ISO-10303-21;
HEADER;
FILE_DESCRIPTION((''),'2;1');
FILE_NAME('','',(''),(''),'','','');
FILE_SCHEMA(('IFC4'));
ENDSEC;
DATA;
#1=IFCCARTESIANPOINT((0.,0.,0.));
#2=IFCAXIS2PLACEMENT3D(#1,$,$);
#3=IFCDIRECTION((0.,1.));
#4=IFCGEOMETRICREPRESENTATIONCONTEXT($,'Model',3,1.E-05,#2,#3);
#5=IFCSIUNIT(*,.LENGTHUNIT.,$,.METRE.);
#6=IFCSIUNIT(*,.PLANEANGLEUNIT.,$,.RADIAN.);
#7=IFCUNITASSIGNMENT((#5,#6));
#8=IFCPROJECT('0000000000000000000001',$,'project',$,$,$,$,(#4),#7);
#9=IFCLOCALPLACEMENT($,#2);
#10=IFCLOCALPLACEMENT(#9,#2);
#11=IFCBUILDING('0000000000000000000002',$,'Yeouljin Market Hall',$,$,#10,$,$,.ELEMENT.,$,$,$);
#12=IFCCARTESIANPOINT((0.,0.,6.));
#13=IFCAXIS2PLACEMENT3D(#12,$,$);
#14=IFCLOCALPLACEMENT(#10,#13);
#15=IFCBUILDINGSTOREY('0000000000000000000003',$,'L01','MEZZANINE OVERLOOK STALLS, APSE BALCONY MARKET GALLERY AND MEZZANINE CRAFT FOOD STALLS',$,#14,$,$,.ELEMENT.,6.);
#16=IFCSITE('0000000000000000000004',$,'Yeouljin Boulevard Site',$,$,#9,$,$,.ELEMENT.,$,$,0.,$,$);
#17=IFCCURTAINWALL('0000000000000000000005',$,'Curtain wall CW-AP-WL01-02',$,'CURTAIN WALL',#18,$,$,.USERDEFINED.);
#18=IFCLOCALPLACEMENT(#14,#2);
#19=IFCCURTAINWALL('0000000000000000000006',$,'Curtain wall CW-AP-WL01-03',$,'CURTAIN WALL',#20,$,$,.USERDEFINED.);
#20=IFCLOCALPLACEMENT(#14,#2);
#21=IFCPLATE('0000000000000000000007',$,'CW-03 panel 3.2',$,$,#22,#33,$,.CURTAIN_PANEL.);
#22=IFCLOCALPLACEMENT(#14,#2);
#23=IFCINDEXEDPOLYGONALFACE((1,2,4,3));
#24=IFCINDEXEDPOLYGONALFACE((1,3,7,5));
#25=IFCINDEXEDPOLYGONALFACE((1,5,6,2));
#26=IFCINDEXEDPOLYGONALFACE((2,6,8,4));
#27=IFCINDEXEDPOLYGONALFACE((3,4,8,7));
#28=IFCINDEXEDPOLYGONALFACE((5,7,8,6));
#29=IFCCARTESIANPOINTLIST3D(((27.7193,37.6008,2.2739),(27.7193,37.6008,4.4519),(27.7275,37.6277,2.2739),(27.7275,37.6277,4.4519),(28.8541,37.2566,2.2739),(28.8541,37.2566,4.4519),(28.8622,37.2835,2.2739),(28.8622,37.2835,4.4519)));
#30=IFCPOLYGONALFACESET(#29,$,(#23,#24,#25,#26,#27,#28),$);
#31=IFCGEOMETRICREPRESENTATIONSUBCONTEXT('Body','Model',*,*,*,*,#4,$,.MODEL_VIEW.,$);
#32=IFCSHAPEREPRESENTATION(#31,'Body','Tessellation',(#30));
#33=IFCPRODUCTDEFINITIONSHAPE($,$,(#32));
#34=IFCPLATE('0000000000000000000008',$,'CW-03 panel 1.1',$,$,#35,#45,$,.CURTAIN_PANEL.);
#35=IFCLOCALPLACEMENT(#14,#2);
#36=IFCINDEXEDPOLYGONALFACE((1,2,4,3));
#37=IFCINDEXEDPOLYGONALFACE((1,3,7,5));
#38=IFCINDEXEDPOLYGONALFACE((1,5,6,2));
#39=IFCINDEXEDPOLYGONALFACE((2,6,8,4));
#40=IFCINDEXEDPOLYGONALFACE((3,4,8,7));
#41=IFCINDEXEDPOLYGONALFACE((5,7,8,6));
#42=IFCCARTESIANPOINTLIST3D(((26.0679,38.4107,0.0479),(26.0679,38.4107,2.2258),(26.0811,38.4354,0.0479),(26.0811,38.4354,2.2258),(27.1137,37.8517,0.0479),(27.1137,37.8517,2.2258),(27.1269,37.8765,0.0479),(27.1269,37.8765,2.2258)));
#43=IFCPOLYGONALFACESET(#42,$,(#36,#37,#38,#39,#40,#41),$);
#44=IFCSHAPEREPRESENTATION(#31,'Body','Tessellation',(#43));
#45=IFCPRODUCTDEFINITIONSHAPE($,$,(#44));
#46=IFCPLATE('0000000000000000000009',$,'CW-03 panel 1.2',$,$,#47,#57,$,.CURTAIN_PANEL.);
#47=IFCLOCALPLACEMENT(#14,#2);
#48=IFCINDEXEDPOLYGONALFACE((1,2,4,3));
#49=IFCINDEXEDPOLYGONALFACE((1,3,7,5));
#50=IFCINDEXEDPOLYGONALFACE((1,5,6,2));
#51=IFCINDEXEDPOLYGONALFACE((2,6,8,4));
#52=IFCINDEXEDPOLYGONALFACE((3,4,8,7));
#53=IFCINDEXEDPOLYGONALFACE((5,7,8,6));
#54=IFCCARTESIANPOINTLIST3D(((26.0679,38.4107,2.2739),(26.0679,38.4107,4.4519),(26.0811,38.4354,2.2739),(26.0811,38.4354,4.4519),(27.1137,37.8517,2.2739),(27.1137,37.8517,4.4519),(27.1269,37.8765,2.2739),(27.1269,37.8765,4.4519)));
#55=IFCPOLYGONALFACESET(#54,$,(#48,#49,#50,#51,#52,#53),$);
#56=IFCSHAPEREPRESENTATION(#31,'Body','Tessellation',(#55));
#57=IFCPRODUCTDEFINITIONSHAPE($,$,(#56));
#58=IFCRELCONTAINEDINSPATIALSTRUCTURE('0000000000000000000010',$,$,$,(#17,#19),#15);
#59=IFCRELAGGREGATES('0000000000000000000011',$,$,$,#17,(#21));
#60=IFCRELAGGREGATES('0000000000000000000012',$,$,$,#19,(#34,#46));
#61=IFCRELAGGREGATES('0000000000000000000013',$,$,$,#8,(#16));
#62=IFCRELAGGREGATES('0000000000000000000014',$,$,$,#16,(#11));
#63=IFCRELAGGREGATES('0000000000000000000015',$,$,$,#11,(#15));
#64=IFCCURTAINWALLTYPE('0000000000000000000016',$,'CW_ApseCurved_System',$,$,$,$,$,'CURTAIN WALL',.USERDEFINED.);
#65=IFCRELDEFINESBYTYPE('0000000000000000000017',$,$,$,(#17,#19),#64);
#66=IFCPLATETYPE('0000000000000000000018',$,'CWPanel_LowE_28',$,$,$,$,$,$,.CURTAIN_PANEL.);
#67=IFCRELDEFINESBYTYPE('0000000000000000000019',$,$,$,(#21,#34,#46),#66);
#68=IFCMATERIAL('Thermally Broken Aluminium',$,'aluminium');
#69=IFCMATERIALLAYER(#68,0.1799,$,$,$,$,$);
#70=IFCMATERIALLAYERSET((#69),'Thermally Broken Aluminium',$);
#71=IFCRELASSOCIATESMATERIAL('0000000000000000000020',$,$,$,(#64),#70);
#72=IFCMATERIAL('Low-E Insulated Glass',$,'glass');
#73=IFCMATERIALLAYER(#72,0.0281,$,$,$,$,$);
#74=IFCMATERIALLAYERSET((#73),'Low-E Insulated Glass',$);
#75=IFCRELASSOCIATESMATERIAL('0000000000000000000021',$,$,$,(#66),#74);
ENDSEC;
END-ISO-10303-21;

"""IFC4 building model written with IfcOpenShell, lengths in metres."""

from ifc_helpers import new_model, si_unit, direction, frame, origin, origin_2d, place, context, subcontext, project, spatial, rectangle, extrude, material, layer, layer_set, type_object, element, aggregate, save


model = new_model("IFC4")

# Units and contexts
model_context = context("Model", 3, precision=1e-05, world=origin(), true_north=direction((0.0, 1.0)))
body_context = subcontext(model_context, "Body", "Model", "MODEL_VIEW")
ifc_project = project(units=[si_unit("LENGTHUNIT", "METRE"), si_unit("PLANEANGLEUNIT", "RADIAN")], contexts=[model_context])

# Site, building, storey
site_placement = place(None, origin())
site = spatial("IfcSite", under=ifc_project, at=site_placement, Name="Yeouljin Boulevard Site", CompositionType="ELEMENT", RefElevation=0.0)
building_placement = place(site_placement, origin())
building = spatial("IfcBuilding", under=site, at=building_placement, Name="Yeouljin Market Hall", CompositionType="ELEMENT")
storey_placement = place(building_placement, frame((0.0, 0.0, 6.0)))
storey = spatial("IfcBuildingStorey", under=building, at=storey_placement, Name="L01", Description="MEZZANINE OVERLOOK STALLS, APSE BALCONY MARKET GALLERY AND MEZZANINE CRAFT FOOD STALLS", CompositionType="ELEMENT", Elevation=6.0)

# Curtain walls
ifc_material_1 = material(Name="Thermally Broken Aluminium", Category="aluminium")
ifc_layer_1 = layer(ifc_material_1, 0.1799)
ifc_layer_set_1 = layer_set([ifc_layer_1], Name="Thermally Broken Aluminium")
curtain_wall_type = type_object("IfcCurtainWallType", Name="CW_ApseCurved_System", ElementType="CURTAIN WALL", PredefinedType="USERDEFINED", material=ifc_layer_set_1)
curtain_wall_1_placement = place(storey_placement, origin())
curtain_wall_1 = element("IfcCurtainWall", 1, at=curtain_wall_1_placement, inside=storey, type_object=curtain_wall_type, Name="Curtain wall CW-AP-WL01-02", ObjectType="CURTAIN WALL", PredefinedType="USERDEFINED")
curtain_wall_2_placement = place(storey_placement, origin())
curtain_wall_2 = element("IfcCurtainWall", 2, at=curtain_wall_2_placement, inside=storey, type_object=curtain_wall_type, Name="Curtain wall CW-AP-WL01-03", ObjectType="CURTAIN WALL", PredefinedType="USERDEFINED")

# Plates
ifc_material_2 = material(Name="Low-E Insulated Glass", Category="glass")
ifc_layer_2 = layer(ifc_material_2, 0.0281)
ifc_layer_set_2 = layer_set([ifc_layer_2], Name="Low-E Insulated Glass")
plate_type = type_object("IfcPlateType", Name="CWPanel_LowE_28", PredefinedType="CURTAIN_PANEL", material=ifc_layer_set_2)
plate_1_placement = place(storey_placement, frame((28.2908, 37.4421, 2.2739), z_axis=(0.0, 0.0, 1.0), x_axis=(-0.95694, 0.290286, 0.0)))
plate_1 = element("IfcPlate", 3, at=plate_1_placement, type_object=plate_type, Name="CW-03 panel 3.2", PredefinedType="CURTAIN_PANEL", context=body_context, shape_type="SweptSolid", body=[
    extrude(rectangle(XDim=1.1858, YDim=0.0281, at=origin_2d()), origin(), (0.0, 0.0, 1.0), 2.178),
])
aggregate(curtain_wall_1, [plate_1])
plate_2_placement = place(storey_placement, frame((26.5974, 38.1436, 0.0479), z_axis=(0.0, 0.0, 1.0), x_axis=(-0.881931, 0.471378, 0.0)))
plate_2 = element("IfcPlate", 4, at=plate_2_placement, type_object=plate_type, Name="CW-03 panel 1.1", PredefinedType="CURTAIN_PANEL", context=body_context, shape_type="SweptSolid", body=[
    extrude(rectangle(XDim=1.1858, YDim=0.0281, at=origin_2d()), origin(), (0.0, 0.0, 1.0), 2.178),
])
plate_3_placement = place(storey_placement, frame((26.5974, 38.1436, 2.2739), z_axis=(0.0, 0.0, 1.0), x_axis=(-0.881931, 0.471378, 0.0)))
plate_3 = element("IfcPlate", 5, at=plate_3_placement, type_object=plate_type, Name="CW-03 panel 1.2", PredefinedType="CURTAIN_PANEL", context=body_context, shape_type="SweptSolid", body=[
    extrude(rectangle(XDim=1.1858, YDim=0.0281, at=origin_2d()), origin(), (0.0, 0.0, 1.0), 2.178),
])
aggregate(curtain_wall_2, [plate_2, plate_3])

save(model, "model.ifc")
